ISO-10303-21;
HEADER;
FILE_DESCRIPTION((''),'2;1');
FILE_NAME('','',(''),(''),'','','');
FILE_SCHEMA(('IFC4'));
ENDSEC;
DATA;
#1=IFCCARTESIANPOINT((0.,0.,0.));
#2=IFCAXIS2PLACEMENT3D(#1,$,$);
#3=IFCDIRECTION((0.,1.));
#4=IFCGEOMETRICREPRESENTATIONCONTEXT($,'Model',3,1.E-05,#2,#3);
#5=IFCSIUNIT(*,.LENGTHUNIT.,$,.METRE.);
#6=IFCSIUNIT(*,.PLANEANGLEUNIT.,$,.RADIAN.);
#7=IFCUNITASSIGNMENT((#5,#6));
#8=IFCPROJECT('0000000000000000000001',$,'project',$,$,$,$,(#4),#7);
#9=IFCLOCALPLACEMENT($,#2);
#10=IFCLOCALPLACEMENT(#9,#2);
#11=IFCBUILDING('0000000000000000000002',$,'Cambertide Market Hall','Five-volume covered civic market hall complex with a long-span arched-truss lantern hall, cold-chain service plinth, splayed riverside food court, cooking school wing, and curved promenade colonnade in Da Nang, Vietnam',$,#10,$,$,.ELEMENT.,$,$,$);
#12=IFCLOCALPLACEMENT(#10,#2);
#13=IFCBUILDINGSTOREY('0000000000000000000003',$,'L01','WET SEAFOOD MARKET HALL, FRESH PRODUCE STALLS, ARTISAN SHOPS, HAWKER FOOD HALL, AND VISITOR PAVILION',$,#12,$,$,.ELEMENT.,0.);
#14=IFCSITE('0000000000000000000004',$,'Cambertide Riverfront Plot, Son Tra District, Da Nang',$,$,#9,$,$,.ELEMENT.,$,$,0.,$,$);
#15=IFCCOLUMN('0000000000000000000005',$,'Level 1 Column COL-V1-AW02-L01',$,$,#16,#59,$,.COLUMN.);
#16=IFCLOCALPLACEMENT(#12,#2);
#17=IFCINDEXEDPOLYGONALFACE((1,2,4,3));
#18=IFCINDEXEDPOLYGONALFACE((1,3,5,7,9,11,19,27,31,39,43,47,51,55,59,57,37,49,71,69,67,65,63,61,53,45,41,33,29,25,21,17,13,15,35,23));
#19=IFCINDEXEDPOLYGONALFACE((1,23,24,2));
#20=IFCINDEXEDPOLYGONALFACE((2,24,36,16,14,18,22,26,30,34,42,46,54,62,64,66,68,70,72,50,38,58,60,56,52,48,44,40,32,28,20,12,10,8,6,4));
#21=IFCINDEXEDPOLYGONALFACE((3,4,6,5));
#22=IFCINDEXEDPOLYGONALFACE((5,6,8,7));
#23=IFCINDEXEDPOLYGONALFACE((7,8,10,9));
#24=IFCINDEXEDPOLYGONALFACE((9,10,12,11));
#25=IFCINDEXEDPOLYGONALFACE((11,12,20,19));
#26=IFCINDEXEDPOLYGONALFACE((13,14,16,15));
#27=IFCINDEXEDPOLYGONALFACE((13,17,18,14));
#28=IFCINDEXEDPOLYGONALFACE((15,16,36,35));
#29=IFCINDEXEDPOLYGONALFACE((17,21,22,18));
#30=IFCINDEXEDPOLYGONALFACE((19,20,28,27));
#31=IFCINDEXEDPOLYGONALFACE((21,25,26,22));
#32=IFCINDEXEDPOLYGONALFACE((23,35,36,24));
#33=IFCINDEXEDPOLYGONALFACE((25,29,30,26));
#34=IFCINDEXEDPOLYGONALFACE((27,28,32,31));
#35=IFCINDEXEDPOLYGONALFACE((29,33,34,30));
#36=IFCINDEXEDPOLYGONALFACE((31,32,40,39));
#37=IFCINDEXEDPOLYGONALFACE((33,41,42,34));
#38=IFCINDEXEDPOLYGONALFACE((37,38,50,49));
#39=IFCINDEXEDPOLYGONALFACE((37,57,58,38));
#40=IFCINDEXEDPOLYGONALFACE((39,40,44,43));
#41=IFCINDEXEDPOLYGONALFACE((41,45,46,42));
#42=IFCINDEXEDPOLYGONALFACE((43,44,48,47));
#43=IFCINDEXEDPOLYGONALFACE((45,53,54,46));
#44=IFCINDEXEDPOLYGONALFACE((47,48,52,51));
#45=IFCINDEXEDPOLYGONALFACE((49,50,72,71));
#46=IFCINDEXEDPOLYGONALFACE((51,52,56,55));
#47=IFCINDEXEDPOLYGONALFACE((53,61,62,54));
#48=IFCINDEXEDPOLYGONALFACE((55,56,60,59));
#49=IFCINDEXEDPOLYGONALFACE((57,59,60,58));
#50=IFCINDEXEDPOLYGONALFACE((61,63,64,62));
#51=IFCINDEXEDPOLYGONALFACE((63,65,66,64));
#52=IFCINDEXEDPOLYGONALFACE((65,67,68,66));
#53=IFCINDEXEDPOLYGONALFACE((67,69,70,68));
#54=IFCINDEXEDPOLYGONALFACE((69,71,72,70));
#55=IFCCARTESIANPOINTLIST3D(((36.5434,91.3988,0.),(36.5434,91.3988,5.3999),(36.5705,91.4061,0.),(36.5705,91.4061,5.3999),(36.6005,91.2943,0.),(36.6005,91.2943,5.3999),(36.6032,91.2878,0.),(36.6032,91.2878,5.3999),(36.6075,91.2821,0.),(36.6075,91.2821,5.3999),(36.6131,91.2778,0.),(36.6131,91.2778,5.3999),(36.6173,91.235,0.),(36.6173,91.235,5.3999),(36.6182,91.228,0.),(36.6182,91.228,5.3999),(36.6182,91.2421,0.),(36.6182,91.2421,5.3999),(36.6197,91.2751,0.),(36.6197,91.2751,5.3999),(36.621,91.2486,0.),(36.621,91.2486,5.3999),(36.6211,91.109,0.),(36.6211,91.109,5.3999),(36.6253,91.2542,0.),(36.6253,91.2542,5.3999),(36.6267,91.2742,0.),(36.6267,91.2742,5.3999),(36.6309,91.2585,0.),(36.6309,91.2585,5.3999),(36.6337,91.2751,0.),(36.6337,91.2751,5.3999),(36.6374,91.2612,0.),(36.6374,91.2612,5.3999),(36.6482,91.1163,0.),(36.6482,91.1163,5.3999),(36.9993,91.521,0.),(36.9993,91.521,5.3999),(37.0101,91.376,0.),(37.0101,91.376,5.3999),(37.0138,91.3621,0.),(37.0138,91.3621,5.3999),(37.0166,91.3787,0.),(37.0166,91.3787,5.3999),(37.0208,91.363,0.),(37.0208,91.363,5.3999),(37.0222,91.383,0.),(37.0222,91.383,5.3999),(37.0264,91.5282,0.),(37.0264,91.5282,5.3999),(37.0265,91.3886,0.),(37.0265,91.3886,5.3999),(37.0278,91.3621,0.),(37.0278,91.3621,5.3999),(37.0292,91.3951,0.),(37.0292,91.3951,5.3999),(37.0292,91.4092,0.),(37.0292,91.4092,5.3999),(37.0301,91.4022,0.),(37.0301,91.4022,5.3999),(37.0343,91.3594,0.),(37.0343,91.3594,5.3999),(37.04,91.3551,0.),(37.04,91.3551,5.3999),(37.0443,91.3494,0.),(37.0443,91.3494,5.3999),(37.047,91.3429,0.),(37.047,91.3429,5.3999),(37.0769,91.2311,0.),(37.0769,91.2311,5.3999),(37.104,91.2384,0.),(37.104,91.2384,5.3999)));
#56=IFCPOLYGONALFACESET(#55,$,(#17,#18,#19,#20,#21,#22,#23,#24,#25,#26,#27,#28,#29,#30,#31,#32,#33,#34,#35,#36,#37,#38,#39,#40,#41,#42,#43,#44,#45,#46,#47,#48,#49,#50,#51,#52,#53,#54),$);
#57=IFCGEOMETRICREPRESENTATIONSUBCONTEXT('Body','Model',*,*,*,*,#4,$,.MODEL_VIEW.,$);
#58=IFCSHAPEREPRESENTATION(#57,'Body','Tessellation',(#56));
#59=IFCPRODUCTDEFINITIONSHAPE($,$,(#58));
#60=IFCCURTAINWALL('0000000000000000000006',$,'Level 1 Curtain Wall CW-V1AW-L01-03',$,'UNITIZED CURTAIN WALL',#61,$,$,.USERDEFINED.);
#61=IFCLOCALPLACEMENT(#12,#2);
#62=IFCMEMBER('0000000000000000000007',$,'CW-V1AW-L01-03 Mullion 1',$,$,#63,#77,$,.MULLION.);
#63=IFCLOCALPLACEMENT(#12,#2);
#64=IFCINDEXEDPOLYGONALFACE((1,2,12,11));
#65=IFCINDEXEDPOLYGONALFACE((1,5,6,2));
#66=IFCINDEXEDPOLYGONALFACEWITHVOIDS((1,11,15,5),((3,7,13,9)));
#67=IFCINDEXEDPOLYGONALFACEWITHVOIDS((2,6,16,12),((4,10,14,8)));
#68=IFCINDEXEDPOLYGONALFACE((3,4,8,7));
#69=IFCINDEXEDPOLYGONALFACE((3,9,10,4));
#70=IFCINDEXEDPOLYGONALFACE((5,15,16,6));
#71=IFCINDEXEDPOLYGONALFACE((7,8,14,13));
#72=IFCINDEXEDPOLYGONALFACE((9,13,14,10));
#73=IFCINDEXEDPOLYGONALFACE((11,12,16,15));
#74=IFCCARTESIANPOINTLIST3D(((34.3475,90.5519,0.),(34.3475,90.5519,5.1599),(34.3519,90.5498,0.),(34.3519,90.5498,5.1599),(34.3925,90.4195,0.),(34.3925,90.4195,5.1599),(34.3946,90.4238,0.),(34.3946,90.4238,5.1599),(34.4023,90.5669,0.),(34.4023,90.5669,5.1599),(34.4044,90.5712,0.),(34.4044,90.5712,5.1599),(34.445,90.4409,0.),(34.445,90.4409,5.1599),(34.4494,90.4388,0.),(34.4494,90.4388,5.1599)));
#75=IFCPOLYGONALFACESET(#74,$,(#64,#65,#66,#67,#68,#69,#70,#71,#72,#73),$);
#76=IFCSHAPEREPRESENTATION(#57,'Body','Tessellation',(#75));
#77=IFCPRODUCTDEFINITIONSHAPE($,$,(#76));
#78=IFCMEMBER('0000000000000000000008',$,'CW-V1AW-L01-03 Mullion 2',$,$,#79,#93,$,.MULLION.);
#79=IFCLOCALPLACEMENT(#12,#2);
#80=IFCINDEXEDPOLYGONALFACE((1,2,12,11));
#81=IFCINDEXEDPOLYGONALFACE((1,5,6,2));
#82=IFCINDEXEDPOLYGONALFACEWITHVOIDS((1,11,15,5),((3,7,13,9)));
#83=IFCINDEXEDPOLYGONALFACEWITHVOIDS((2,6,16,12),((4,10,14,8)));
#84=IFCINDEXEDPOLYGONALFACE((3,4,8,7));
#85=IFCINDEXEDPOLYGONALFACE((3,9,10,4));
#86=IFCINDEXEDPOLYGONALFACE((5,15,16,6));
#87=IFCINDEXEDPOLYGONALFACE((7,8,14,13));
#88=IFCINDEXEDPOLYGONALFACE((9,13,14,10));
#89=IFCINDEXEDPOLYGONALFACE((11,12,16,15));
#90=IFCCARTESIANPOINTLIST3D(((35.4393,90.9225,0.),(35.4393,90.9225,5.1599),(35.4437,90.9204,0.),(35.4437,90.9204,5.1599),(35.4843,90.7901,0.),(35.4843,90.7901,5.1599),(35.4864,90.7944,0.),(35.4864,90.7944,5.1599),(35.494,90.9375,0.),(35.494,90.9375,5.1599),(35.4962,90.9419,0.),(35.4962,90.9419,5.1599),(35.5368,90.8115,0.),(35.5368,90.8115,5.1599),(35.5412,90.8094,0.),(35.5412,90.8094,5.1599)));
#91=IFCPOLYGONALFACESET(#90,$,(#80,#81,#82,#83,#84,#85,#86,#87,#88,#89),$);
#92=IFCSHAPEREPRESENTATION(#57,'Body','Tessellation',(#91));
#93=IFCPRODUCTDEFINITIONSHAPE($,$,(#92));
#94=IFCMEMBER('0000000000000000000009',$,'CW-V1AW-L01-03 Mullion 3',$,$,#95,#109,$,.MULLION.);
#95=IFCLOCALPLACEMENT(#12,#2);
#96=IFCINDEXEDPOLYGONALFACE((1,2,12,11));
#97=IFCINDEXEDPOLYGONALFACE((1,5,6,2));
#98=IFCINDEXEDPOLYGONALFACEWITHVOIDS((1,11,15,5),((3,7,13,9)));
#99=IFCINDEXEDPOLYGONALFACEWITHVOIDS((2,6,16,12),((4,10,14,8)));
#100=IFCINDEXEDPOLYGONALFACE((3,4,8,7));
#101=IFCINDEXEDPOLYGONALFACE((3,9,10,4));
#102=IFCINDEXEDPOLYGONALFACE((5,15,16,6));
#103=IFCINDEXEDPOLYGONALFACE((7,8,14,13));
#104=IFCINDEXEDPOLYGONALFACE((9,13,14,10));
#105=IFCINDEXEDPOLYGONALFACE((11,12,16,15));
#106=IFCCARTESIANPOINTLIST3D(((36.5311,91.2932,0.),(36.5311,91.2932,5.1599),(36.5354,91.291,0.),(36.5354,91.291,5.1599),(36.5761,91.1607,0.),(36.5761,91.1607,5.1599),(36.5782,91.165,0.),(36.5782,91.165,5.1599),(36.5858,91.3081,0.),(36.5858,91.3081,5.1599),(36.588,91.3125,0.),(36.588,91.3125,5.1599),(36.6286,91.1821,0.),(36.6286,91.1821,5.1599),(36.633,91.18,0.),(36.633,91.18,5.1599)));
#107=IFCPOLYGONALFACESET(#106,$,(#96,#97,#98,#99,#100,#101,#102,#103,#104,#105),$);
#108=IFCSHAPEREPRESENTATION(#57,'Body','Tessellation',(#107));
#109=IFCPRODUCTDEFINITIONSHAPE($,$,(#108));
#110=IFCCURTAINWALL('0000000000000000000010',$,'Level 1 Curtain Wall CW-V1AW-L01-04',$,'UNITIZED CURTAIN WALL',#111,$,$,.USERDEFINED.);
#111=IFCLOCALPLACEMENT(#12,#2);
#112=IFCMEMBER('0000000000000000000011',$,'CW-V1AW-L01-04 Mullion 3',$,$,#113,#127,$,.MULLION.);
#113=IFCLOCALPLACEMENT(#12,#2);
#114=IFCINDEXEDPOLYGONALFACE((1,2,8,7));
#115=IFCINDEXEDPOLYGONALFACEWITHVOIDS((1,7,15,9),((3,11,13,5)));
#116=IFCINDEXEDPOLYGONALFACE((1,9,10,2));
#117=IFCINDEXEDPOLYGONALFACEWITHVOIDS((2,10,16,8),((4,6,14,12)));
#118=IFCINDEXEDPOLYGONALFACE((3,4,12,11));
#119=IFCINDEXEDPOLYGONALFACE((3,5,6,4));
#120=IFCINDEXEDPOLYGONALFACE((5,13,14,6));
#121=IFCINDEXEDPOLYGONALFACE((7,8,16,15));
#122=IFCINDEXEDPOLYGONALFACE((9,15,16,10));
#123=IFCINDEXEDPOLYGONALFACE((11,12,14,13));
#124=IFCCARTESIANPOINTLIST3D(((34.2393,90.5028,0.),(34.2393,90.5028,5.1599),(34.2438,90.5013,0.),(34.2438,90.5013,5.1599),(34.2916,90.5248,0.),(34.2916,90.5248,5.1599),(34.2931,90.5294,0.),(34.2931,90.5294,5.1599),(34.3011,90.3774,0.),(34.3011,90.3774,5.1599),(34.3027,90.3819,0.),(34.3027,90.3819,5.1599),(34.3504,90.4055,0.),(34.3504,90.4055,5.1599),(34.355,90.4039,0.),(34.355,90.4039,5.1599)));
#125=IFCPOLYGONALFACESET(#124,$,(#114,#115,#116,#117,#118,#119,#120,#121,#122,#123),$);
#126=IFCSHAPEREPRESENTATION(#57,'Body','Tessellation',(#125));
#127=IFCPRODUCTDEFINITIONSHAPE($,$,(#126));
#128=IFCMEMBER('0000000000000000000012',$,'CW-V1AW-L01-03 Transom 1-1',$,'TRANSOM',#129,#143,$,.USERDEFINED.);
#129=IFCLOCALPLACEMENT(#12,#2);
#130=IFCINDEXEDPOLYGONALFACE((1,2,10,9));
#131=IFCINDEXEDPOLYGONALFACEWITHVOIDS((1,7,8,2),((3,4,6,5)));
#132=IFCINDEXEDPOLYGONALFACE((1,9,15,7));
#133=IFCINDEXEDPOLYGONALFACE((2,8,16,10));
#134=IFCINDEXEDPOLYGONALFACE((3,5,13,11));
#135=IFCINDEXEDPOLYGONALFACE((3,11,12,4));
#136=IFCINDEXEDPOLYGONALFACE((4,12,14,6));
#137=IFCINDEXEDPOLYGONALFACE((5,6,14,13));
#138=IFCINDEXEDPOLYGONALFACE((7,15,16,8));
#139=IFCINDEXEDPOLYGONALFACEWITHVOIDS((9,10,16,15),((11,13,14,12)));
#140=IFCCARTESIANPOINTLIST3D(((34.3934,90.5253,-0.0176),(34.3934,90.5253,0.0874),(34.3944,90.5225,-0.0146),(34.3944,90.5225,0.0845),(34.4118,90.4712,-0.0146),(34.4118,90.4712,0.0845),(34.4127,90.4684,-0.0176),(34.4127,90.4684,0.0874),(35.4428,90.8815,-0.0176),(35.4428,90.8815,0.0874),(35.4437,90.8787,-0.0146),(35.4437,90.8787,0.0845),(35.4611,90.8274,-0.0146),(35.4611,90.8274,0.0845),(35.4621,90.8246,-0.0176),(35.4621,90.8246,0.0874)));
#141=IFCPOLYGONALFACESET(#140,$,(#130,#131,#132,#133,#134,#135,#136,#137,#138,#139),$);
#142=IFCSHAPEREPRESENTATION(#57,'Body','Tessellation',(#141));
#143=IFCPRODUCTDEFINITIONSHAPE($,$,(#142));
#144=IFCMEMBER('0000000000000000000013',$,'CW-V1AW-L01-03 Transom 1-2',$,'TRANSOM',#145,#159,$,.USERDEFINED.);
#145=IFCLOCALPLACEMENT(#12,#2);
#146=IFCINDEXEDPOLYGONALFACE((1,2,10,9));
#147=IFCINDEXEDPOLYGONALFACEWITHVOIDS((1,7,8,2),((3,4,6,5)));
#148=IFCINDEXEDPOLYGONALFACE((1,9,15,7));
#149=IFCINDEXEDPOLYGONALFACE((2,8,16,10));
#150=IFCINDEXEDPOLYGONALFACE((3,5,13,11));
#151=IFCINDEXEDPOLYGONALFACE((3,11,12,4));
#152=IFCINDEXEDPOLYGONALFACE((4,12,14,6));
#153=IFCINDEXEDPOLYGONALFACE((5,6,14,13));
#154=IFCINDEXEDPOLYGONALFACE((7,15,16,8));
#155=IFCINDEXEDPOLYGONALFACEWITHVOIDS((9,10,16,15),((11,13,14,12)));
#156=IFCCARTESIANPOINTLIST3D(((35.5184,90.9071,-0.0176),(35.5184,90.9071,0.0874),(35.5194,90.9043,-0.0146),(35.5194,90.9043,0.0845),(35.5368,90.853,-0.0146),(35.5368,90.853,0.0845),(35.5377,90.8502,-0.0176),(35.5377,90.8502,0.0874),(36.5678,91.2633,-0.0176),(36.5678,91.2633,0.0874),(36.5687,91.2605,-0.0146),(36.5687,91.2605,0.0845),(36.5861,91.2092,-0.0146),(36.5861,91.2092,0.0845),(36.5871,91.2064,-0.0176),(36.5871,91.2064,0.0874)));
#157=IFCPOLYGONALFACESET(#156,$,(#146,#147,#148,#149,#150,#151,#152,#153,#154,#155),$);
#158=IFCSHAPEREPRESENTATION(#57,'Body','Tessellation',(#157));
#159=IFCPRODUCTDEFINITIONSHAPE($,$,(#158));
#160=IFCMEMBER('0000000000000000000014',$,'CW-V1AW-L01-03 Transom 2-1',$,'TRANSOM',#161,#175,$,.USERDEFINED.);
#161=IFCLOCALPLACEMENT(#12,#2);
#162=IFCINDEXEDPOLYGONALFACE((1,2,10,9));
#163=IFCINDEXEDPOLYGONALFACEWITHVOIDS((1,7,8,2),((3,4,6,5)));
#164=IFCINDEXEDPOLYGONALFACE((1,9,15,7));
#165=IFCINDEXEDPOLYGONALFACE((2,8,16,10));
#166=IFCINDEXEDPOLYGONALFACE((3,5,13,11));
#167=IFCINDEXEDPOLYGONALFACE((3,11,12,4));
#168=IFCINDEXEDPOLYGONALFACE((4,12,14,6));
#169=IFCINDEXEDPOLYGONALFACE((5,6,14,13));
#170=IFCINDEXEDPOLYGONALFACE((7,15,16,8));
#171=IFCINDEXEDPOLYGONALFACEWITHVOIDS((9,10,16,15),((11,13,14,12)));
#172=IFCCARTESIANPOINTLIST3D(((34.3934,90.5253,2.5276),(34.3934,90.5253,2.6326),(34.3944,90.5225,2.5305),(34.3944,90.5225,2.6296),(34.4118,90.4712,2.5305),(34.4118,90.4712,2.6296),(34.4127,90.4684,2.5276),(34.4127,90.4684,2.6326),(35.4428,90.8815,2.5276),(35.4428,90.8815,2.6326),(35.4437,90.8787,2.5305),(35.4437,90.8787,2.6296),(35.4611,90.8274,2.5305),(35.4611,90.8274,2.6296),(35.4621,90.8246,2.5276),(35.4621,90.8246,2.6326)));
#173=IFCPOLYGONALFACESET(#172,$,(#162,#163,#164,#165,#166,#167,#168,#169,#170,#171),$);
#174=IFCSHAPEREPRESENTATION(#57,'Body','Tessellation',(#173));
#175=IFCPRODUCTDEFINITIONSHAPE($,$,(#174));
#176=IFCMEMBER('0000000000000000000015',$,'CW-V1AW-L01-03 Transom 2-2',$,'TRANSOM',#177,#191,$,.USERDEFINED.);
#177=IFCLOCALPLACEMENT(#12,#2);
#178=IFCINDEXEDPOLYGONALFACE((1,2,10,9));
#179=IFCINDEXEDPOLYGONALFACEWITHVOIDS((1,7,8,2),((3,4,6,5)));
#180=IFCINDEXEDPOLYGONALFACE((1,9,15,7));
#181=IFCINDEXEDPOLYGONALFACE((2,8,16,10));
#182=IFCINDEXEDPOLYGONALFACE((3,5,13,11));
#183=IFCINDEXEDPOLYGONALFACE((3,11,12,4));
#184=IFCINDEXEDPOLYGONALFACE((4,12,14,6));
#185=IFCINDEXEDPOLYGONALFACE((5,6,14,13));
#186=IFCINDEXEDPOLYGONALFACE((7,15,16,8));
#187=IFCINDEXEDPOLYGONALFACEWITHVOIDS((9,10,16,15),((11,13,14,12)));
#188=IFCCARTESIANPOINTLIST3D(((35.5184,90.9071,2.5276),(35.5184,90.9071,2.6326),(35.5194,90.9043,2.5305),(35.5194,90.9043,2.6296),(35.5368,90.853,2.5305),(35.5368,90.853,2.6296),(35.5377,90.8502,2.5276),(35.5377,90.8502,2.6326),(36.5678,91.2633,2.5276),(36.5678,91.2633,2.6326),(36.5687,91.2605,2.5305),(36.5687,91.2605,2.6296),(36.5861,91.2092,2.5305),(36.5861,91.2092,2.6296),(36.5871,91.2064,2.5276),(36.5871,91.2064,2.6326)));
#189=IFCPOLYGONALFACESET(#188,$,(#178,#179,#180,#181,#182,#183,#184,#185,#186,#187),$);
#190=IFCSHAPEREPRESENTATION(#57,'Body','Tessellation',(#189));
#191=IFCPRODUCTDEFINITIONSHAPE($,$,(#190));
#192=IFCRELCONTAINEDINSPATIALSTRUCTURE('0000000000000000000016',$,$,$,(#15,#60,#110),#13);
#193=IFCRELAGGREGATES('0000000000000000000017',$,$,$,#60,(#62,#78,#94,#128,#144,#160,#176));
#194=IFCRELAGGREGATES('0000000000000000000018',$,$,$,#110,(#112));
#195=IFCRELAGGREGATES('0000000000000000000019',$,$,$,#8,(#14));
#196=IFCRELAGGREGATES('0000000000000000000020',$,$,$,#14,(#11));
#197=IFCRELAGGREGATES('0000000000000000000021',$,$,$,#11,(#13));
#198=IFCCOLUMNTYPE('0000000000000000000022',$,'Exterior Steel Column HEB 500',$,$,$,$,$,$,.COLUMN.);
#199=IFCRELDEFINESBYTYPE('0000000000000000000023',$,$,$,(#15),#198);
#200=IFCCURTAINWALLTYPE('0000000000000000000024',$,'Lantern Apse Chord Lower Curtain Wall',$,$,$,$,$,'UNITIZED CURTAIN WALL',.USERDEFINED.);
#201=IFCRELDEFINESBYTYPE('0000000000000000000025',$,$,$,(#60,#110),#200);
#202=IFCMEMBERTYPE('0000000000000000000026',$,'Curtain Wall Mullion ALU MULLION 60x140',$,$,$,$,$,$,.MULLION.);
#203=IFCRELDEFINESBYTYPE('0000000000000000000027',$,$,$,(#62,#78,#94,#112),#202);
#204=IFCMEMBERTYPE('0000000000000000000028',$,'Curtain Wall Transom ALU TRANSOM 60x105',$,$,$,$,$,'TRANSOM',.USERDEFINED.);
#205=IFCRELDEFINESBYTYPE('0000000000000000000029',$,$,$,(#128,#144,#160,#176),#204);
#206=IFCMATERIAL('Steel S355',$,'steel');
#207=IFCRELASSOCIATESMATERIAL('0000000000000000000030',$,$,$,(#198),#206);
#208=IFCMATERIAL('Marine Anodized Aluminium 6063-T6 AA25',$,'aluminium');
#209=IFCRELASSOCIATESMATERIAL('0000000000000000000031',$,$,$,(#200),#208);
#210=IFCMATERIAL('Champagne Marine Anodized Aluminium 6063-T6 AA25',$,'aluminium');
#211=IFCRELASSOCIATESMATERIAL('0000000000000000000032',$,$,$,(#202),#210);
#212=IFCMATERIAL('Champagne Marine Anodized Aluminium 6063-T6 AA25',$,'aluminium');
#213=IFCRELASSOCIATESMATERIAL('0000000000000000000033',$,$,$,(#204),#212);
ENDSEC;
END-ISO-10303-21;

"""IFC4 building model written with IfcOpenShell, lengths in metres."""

from ifc_helpers import new_model, si_unit, direction, frame, origin, origin_2d, place, context, subcontext, project, spatial, hollow_rectangle, i_section, extrude, material, material_profile, profile_set, type_object, element, aggregate, save


model = new_model("IFC4")

# Units and contexts
model_context = context("Model", 3, precision=1e-05, world=origin(), true_north=direction((0.0, 1.0)))
body_context = subcontext(model_context, "Body", "Model", "MODEL_VIEW")
ifc_project = project(units=[si_unit("LENGTHUNIT", "METRE"), si_unit("PLANEANGLEUNIT", "RADIAN")], contexts=[model_context])

# Site, building, storey
site_placement = place(None, origin())
site = spatial("IfcSite", under=ifc_project, at=site_placement, Name="Cambertide Riverfront Plot, Son Tra District, Da Nang", CompositionType="ELEMENT", RefElevation=0.0)
building_placement = place(site_placement, origin())
building = spatial("IfcBuilding", under=site, at=building_placement, Name="Cambertide Market Hall", Description="Five-volume covered civic market hall complex with a long-span arched-truss lantern hall, cold-chain service plinth, splayed riverside food court, cooking school wing, and curved promenade colonnade in Da Nang, Vietnam", CompositionType="ELEMENT")
storey_placement = place(building_placement, origin())
storey = spatial("IfcBuildingStorey", under=building, at=storey_placement, Name="L01", Description="WET SEAFOOD MARKET HALL, FRESH PRODUCE STALLS, ARTISAN SHOPS, HAWKER FOOD HALL, AND VISITOR PAVILION", CompositionType="ELEMENT", Elevation=0.0)

# Column
ifc_material_1 = material(Name="Steel S355", Category="steel")
ifc_material_profile_1 = material_profile(ifc_material_1, i_section(OverallWidth=0.3, OverallDepth=0.5, WebThickness=0.0144, FlangeThickness=0.0281, FilletRadius=0.0271, at=origin_2d()), Name="HEB 500")
ifc_profile_set_1 = profile_set([ifc_material_profile_1], Name="Steel S355")
column_type = type_object("IfcColumnType", Name="Exterior Steel Column HEB 500", PredefinedType="COLUMN", material=ifc_profile_set_1)
column_placement = place(storey_placement, frame((36.8237, 91.3186, 0.0), z_axis=(0.0, 0.0, 1.0), x_axis=(-0.258819, 0.965926, 0.0)))
element("IfcColumn", 1, at=column_placement, inside=storey, type_object=column_type, Name="Level 1 Column COL-V1-AW02-L01", PredefinedType="COLUMN", context=body_context, shape_type="SweptSolid", body=[
    extrude(i_section(OverallWidth=0.3, OverallDepth=0.5, WebThickness=0.0144, FlangeThickness=0.0281, FilletRadius=0.0271, at=origin_2d()), origin(), (0.0, 0.0, 1.0), 5.3999),
])

# Curtain wall, members
ifc_material_2 = material(Name="Marine Anodized Aluminium 6063-T6 AA25", Category="aluminium")
curtain_wall_type = type_object("IfcCurtainWallType", Name="Lantern Apse Chord Lower Curtain Wall", ElementType="UNITIZED CURTAIN WALL", PredefinedType="USERDEFINED", material=ifc_material_2)
curtain_wall_1_placement = place(storey_placement, origin())
curtain_wall_1 = element("IfcCurtainWall", 2, at=curtain_wall_1_placement, inside=storey, type_object=curtain_wall_type, Name="Level 1 Curtain Wall CW-V1AW-L01-03", ObjectType="UNITIZED CURTAIN WALL", PredefinedType="USERDEFINED")
ifc_material_3 = material(Name="Champagne Marine Anodized Aluminium 6063-T6 AA25", Category="aluminium")
ifc_material_profile_2 = material_profile(ifc_material_3, hollow_rectangle(XDim=0.0601, YDim=0.1399, WallThickness=0.0034, at=origin_2d()), Name="ALU MULLION 60x140")
ifc_profile_set_2 = profile_set([ifc_material_profile_2], Name="Champagne Marine Anodized Aluminium 6063-T6 AA25")
member_type_1 = type_object("IfcMemberType", Name="Curtain Wall Mullion ALU MULLION 60x140", PredefinedType="MULLION", material=ifc_profile_set_2)
member_1_placement = place(storey_placement, frame((34.3984, 90.4954, 0.0), z_axis=(0.0, 0.0, 1.0), x_axis=(0.94693, 0.321439, 0.0)))
member_1 = element("IfcMember", 3, at=member_1_placement, type_object=member_type_1, Name="CW-V1AW-L01-03 Mullion 1", PredefinedType="MULLION", context=body_context, shape_type="SweptSolid", body=[
    extrude(hollow_rectangle(XDim=0.0601, YDim=0.1399, WallThickness=0.0034, at=origin_2d()), origin(), (0.0, 0.0, 1.0), 5.1599),
])
member_2_placement = place(storey_placement, frame((35.4902, 90.866, 0.0), z_axis=(0.0, 0.0, 1.0), x_axis=(0.94693, 0.321439, 0.0)))
member_2 = element("IfcMember", 4, at=member_2_placement, type_object=member_type_1, Name="CW-V1AW-L01-03 Mullion 2", PredefinedType="MULLION", context=body_context, shape_type="SweptSolid", body=[
    extrude(hollow_rectangle(XDim=0.0601, YDim=0.1399, WallThickness=0.0034, at=origin_2d()), origin(), (0.0, 0.0, 1.0), 5.1599),
])
member_3_placement = place(storey_placement, frame((36.582, 91.2366, 0.0), z_axis=(0.0, 0.0, 1.0), x_axis=(0.94693, 0.321439, 0.0)))
member_3 = element("IfcMember", 5, at=member_3_placement, type_object=member_type_1, Name="CW-V1AW-L01-03 Mullion 3", PredefinedType="MULLION", context=body_context, shape_type="SweptSolid", body=[
    extrude(hollow_rectangle(XDim=0.0601, YDim=0.1399, WallThickness=0.0034, at=origin_2d()), origin(), (0.0, 0.0, 1.0), 5.1599),
])

# Curtain wall, member
curtain_wall_2_placement = place(storey_placement, origin())
curtain_wall_2 = element("IfcCurtainWall", 6, at=curtain_wall_2_placement, inside=storey, type_object=curtain_wall_type, Name="Level 1 Curtain Wall CW-V1AW-L01-04", ObjectType="UNITIZED CURTAIN WALL", PredefinedType="USERDEFINED")
member_4_placement = place(storey_placement, frame((34.2971, 90.4534, 0.0), z_axis=(0.0, 0.0, 1.0), x_axis=(0.896873, 0.442289, 0.0)))
member_4 = element("IfcMember", 7, at=member_4_placement, type_object=member_type_1, Name="CW-V1AW-L01-04 Mullion 3", PredefinedType="MULLION", context=body_context, shape_type="SweptSolid", body=[
    extrude(hollow_rectangle(XDim=0.0601, YDim=0.1399, WallThickness=0.0034, at=origin_2d()), origin(), (0.0, 0.0, 1.0), 5.1599),
])

# Members
ifc_material_4 = material(Name="Champagne Marine Anodized Aluminium 6063-T6 AA25", Category="aluminium")
ifc_material_profile_3 = material_profile(ifc_material_4, hollow_rectangle(XDim=0.0601, YDim=0.105, WallThickness=0.0029, at=origin_2d()), Name="ALU TRANSOM 60x105")
ifc_profile_set_3 = profile_set([ifc_material_profile_3], Name="Champagne Marine Anodized Aluminium 6063-T6 AA25")
member_type_2 = type_object("IfcMemberType", Name="Curtain Wall Transom ALU TRANSOM 60x105", ElementType="TRANSOM", PredefinedType="USERDEFINED", material=ifc_profile_set_3)
member_5_placement = place(storey_placement, frame((34.4031, 90.4968, 0.0349), z_axis=(0.946928, 0.321445, 0.0), x_axis=(-0.321445, 0.946928, 0.0)))
member_5 = element("IfcMember", 8, at=member_5_placement, type_object=member_type_2, Name="CW-V1AW-L01-03 Transom 1-1", ObjectType="TRANSOM", PredefinedType="USERDEFINED", context=body_context, shape_type="SweptSolid", body=[
    extrude(hollow_rectangle(XDim=0.0601, YDim=0.105, WallThickness=0.0029, at=origin_2d()), origin(), (0.0, 0.0, 1.0), 1.1082),
])
member_6_placement = place(storey_placement, frame((35.5281, 90.8787, 0.0349), z_axis=(0.946928, 0.321445, 0.0), x_axis=(-0.321445, 0.946928, 0.0)))
member_6 = element("IfcMember", 9, at=member_6_placement, type_object=member_type_2, Name="CW-V1AW-L01-03 Transom 1-2", ObjectType="TRANSOM", PredefinedType="USERDEFINED", context=body_context, shape_type="SweptSolid", body=[
    extrude(hollow_rectangle(XDim=0.0601, YDim=0.105, WallThickness=0.0029, at=origin_2d()), origin(), (0.0, 0.0, 1.0), 1.1082),
])
member_7_placement = place(storey_placement, frame((34.4031, 90.4968, 2.5801), z_axis=(0.946928, 0.321445, 0.0), x_axis=(-0.321445, 0.946928, 0.0)))
member_7 = element("IfcMember", 10, at=member_7_placement, type_object=member_type_2, Name="CW-V1AW-L01-03 Transom 2-1", ObjectType="TRANSOM", PredefinedType="USERDEFINED", context=body_context, shape_type="SweptSolid", body=[
    extrude(hollow_rectangle(XDim=0.0601, YDim=0.105, WallThickness=0.0029, at=origin_2d()), origin(), (0.0, 0.0, 1.0), 1.1082),
])
member_8_placement = place(storey_placement, frame((35.5281, 90.8787, 2.5801), z_axis=(0.946928, 0.321445, 0.0), x_axis=(-0.321445, 0.946928, 0.0)))
member_8 = element("IfcMember", 11, at=member_8_placement, type_object=member_type_2, Name="CW-V1AW-L01-03 Transom 2-2", ObjectType="TRANSOM", PredefinedType="USERDEFINED", context=body_context, shape_type="SweptSolid", body=[
    extrude(hollow_rectangle(XDim=0.0601, YDim=0.105, WallThickness=0.0029, at=origin_2d()), origin(), (0.0, 0.0, 1.0), 1.1082),
])

aggregate(curtain_wall_1, [member_1, member_2, member_3, member_5, member_6, member_7, member_8])
aggregate(curtain_wall_2, [member_4])

save(model, "model.ifc")
